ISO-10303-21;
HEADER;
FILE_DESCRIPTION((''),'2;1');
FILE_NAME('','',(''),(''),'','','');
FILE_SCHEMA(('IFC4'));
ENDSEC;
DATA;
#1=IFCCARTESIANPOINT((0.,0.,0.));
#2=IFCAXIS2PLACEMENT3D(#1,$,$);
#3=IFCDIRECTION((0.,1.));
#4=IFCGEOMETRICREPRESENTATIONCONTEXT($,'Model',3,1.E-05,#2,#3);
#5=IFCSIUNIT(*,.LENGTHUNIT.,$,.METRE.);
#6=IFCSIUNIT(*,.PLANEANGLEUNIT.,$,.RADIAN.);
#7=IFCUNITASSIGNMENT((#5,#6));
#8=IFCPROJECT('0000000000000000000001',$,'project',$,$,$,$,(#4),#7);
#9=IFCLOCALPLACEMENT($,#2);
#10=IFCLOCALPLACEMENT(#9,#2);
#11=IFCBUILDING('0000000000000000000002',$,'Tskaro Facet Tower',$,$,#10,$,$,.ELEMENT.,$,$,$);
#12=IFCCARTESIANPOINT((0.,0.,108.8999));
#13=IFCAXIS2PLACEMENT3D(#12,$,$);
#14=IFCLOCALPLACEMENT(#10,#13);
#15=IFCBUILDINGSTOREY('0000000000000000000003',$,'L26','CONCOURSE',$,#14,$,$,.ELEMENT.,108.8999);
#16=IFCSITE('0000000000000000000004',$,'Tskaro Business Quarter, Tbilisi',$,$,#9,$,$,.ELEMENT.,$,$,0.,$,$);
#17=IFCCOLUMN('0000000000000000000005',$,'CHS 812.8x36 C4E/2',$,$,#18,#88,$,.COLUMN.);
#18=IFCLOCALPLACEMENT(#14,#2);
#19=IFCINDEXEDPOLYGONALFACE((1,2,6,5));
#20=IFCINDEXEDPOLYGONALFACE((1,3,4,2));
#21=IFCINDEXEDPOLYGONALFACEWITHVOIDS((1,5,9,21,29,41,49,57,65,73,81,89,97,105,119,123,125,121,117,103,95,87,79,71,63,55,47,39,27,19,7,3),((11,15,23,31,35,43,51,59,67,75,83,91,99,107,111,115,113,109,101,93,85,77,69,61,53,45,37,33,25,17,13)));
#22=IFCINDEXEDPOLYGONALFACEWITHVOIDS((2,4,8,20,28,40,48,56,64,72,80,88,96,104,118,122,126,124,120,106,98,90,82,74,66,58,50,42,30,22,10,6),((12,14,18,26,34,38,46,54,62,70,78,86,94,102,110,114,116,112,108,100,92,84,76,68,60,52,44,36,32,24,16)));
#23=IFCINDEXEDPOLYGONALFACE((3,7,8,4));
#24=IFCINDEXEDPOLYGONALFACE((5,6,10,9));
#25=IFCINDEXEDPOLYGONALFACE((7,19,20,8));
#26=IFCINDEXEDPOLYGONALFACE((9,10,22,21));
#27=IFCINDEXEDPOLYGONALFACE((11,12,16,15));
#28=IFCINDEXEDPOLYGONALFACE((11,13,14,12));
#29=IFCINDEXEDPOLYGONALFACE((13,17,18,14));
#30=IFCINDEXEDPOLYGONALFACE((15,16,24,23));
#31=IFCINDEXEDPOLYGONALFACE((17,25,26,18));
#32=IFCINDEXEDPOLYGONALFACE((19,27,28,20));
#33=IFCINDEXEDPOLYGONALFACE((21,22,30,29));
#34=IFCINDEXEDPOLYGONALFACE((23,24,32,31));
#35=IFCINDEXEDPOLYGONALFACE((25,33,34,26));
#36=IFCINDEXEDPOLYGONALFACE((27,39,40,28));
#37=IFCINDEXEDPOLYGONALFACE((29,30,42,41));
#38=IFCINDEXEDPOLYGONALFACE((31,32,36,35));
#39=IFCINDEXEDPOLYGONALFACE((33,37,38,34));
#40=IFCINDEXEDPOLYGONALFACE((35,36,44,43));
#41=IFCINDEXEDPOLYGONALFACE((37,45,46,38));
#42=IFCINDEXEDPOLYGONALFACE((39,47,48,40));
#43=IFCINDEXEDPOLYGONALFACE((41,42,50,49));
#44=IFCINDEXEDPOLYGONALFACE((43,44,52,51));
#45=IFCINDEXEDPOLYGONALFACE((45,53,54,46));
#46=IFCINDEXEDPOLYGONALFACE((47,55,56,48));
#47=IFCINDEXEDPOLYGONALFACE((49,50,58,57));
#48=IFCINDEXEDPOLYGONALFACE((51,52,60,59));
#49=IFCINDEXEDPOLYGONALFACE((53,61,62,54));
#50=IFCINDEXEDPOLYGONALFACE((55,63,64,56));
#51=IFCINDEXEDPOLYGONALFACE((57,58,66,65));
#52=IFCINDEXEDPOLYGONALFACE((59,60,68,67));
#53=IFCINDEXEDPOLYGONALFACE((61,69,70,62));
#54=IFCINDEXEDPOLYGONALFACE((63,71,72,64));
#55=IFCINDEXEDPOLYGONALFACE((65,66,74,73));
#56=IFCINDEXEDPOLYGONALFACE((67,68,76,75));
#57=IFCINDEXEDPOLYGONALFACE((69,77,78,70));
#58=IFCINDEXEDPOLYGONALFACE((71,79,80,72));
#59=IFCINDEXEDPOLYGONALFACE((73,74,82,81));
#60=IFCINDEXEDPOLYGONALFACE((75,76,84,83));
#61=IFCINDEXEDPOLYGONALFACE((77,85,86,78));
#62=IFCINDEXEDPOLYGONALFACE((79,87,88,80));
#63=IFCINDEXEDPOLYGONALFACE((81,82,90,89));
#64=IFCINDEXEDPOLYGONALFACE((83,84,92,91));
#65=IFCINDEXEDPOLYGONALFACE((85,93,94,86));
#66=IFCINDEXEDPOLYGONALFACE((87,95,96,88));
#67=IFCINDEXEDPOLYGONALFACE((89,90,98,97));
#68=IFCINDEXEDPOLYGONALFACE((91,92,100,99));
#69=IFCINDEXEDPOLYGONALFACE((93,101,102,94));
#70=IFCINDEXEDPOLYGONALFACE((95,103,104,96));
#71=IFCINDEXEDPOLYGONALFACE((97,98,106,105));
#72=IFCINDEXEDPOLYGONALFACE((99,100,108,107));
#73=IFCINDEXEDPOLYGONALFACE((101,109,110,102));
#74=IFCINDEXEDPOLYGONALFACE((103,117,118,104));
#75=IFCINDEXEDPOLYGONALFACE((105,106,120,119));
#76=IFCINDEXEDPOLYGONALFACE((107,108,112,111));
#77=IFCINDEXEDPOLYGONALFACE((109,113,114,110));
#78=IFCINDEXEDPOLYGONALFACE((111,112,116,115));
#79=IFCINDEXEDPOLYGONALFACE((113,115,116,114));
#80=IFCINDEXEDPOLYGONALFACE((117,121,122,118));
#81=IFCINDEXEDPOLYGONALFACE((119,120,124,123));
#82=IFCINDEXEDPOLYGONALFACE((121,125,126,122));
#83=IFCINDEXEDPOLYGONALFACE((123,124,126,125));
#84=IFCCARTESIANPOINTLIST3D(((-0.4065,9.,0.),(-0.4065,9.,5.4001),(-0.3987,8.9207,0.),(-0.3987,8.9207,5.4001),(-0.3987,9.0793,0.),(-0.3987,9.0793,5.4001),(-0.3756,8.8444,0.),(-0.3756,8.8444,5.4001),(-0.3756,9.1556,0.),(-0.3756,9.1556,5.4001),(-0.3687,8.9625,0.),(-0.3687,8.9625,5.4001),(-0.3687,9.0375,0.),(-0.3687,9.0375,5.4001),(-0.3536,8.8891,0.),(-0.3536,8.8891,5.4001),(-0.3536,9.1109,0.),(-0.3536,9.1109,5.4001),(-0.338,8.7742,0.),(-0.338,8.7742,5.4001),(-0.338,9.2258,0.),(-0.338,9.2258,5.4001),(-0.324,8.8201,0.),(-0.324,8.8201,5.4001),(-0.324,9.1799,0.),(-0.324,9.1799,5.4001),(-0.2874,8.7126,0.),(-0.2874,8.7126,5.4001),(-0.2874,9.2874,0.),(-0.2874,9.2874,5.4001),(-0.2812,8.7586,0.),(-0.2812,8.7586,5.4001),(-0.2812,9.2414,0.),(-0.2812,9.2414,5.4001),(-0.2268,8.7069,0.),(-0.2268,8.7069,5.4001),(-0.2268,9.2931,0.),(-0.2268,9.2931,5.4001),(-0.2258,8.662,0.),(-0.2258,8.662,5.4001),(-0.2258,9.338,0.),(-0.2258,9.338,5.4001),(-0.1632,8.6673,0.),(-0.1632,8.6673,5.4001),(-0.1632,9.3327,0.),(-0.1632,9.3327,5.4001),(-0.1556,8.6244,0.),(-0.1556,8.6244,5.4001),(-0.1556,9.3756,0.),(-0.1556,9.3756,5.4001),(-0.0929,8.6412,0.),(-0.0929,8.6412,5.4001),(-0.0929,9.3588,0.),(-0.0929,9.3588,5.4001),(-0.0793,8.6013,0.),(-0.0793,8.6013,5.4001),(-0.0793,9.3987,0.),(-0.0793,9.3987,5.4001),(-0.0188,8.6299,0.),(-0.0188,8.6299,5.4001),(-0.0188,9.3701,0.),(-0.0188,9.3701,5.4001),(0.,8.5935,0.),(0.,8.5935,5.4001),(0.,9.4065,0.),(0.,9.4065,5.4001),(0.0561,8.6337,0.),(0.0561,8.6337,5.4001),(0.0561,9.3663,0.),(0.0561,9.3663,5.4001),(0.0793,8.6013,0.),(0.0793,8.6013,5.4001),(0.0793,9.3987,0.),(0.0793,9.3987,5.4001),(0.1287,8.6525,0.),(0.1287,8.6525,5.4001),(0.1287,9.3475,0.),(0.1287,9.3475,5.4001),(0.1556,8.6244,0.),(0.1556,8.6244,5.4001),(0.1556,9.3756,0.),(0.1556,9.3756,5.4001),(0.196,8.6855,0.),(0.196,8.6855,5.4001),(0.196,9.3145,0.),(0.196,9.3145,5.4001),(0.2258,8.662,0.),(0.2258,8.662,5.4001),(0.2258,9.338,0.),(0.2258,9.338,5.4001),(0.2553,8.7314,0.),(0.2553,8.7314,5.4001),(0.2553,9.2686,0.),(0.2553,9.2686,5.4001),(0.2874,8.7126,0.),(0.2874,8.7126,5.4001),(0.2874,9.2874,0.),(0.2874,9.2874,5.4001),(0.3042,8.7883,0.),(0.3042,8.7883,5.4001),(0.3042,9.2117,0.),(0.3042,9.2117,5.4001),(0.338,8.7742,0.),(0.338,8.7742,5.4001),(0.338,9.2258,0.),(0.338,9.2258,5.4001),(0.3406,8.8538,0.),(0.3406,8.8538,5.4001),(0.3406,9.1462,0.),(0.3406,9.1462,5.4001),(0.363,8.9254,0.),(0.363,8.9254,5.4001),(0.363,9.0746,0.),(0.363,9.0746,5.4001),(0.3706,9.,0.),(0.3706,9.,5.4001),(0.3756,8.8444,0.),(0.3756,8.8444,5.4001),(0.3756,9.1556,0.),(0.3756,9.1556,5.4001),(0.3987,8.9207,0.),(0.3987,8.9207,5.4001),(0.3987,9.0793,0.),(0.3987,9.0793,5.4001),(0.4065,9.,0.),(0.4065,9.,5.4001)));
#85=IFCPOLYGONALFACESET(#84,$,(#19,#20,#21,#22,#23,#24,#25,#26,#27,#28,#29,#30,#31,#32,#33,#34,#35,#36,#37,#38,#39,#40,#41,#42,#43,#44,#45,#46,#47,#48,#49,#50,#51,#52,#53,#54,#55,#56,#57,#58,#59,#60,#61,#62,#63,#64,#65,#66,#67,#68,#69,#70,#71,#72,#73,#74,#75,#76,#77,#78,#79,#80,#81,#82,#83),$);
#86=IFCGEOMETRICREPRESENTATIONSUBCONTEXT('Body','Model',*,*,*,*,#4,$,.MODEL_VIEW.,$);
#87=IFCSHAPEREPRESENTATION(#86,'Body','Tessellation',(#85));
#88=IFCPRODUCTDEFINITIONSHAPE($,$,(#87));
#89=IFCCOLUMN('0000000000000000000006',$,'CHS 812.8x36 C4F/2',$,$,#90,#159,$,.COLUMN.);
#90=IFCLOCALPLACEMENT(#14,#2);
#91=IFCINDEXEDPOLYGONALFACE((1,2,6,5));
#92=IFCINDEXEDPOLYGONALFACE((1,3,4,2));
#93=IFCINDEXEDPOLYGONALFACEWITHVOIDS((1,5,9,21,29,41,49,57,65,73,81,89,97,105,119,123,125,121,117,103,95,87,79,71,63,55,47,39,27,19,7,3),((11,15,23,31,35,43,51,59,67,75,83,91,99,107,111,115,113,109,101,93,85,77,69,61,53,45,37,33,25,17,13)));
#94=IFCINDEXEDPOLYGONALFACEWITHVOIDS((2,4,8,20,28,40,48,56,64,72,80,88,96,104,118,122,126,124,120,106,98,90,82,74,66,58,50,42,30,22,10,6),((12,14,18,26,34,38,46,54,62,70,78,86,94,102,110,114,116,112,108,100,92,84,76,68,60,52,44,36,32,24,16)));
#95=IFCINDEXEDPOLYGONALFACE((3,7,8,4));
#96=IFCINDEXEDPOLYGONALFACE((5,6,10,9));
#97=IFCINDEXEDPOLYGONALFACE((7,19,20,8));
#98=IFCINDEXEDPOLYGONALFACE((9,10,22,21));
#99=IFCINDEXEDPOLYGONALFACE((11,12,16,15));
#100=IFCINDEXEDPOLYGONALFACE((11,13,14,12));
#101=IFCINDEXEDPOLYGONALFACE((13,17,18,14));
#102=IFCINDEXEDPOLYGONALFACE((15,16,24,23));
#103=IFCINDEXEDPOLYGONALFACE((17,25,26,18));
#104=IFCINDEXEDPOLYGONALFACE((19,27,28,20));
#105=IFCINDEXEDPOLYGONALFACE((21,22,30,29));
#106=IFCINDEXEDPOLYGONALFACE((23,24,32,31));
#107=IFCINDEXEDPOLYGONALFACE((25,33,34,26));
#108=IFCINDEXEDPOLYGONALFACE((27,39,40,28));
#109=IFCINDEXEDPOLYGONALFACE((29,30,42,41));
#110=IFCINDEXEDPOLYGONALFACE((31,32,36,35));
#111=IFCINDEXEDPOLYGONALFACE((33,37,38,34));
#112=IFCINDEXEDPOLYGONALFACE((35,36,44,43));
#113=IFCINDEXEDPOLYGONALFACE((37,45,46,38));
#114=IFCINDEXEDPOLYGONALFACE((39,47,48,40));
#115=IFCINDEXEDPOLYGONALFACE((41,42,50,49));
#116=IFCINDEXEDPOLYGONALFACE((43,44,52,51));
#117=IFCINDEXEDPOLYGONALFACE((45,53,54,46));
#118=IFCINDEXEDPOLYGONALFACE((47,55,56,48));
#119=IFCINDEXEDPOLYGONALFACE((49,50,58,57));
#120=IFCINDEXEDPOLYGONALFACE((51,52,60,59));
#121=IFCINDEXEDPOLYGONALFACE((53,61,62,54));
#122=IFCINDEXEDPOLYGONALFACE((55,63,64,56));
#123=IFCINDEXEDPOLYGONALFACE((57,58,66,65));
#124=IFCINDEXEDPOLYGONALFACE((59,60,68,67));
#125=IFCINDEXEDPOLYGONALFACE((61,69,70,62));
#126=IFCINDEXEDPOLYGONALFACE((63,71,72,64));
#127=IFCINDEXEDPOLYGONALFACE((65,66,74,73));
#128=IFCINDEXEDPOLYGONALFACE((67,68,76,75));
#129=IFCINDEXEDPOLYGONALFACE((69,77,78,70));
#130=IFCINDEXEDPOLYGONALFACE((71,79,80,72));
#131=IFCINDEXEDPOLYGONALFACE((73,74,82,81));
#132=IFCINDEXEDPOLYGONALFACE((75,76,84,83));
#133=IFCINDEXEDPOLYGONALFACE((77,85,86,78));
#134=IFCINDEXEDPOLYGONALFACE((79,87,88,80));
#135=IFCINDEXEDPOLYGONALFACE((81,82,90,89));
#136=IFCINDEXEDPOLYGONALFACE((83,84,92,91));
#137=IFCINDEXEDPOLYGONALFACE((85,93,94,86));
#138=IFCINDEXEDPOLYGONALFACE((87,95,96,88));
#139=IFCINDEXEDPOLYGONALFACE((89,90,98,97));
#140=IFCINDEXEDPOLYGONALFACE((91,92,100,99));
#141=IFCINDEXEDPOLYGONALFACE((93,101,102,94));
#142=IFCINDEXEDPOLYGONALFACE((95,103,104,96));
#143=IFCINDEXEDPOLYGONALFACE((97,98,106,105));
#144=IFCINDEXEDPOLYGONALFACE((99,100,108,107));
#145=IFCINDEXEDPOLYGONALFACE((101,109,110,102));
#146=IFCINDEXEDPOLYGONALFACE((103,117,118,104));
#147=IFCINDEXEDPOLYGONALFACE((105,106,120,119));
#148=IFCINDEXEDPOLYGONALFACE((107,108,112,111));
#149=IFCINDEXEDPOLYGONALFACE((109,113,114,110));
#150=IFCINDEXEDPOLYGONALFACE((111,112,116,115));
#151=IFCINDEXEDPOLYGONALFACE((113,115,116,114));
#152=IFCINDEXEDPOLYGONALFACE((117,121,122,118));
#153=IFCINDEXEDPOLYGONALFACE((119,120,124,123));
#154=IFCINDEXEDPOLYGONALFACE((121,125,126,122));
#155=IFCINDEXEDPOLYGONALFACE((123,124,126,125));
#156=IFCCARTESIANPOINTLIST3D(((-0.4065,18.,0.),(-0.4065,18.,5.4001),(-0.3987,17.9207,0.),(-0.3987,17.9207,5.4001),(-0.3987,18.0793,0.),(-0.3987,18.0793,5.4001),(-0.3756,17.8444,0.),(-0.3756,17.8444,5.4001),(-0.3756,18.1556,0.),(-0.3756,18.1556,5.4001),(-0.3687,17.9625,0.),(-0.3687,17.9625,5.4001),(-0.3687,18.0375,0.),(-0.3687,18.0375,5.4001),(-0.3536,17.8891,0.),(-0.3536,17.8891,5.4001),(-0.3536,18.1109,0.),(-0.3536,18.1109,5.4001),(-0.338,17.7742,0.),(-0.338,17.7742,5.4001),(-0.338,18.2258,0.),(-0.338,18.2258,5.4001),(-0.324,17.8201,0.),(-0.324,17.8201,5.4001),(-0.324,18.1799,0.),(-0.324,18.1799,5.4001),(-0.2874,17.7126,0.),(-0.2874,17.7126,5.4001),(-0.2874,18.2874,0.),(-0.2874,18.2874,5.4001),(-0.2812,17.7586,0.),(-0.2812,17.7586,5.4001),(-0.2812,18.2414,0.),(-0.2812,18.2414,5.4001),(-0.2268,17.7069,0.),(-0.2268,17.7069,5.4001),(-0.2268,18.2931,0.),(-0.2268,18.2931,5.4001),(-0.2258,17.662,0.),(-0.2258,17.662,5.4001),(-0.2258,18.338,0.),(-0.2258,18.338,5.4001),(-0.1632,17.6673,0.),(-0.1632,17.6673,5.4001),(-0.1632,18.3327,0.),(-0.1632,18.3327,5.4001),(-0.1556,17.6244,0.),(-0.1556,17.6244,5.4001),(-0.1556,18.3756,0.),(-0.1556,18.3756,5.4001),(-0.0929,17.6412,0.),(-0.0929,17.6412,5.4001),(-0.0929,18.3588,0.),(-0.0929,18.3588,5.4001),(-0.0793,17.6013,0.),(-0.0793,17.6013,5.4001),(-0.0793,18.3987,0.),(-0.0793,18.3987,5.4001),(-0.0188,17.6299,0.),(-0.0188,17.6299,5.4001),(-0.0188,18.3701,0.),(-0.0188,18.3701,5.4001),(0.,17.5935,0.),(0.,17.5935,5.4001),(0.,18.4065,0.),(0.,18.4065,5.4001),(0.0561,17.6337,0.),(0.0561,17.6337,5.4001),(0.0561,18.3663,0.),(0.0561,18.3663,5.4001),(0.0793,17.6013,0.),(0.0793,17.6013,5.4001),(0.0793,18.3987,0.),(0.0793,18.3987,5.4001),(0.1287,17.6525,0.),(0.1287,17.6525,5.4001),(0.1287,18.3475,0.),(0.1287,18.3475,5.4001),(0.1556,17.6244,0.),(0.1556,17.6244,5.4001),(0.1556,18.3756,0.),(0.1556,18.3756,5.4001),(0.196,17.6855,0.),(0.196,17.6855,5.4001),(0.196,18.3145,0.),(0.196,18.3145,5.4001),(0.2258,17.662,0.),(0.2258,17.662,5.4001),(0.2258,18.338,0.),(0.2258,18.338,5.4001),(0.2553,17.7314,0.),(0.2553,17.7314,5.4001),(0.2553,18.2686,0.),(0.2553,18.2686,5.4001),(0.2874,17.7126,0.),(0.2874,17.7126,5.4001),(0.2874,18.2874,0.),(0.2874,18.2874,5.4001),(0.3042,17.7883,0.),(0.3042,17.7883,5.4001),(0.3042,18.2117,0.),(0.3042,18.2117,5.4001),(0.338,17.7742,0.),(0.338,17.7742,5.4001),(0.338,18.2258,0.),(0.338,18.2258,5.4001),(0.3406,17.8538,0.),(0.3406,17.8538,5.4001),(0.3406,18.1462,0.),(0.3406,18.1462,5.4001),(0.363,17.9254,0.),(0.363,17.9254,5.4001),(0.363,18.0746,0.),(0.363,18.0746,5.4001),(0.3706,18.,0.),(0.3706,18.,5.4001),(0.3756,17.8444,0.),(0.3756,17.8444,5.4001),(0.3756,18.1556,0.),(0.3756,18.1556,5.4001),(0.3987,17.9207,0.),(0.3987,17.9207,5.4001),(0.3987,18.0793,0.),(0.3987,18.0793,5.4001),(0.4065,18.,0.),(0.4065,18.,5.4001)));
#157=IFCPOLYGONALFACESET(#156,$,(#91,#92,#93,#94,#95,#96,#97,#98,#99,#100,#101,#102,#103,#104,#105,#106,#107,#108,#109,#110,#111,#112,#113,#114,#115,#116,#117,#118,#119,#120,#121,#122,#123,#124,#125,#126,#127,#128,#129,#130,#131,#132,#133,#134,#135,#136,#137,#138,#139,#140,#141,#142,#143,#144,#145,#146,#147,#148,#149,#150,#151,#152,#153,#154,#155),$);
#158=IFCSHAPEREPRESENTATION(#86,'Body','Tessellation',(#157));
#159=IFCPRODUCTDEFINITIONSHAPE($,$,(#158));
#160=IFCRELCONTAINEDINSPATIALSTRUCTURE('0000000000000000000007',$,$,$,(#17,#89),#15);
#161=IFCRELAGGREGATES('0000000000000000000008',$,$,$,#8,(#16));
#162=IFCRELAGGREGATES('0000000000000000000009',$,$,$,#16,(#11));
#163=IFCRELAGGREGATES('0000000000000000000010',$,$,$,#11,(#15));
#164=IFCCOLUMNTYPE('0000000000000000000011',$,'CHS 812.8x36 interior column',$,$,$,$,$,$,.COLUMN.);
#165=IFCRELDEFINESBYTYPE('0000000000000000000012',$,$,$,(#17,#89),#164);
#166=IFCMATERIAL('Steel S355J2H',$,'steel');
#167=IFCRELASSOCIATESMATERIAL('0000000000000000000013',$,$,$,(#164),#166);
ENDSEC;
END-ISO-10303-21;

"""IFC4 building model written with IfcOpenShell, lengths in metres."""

from ifc_helpers import new_model, si_unit, direction, frame, origin, origin_2d, place, context, subcontext, project, spatial, hollow_circle, extrude, material, material_profile, profile_set, type_object, element, save


model = new_model("IFC4")

# Units and contexts
model_context = context("Model", 3, precision=1e-05, world=origin(), true_north=direction((0.0, 1.0)))
body_context = subcontext(model_context, "Body", "Model", "MODEL_VIEW")
ifc_project = project(units=[si_unit("LENGTHUNIT", "METRE"), si_unit("PLANEANGLEUNIT", "RADIAN")], contexts=[model_context])

# Site, building, storey
site_placement = place(None, origin())
site = spatial("IfcSite", under=ifc_project, at=site_placement, Name="Tskaro Business Quarter, Tbilisi", CompositionType="ELEMENT", RefElevation=0.0)
building_placement = place(site_placement, origin())
building = spatial("IfcBuilding", under=site, at=building_placement, Name="Tskaro Facet Tower", CompositionType="ELEMENT")
storey_placement = place(building_placement, frame((0.0, 0.0, 108.8999)))
storey = spatial("IfcBuildingStorey", under=building, at=storey_placement, Name="L26", Description="CONCOURSE", CompositionType="ELEMENT", Elevation=108.8999)

# Columns
ifc_material_1 = material(Name="Steel S355J2H", Category="steel")
ifc_material_profile_1 = material_profile(ifc_material_1, hollow_circle(Radius=0.4065, WallThickness=0.0359, at=origin_2d()), Name="CHS 812.8x36")
ifc_profile_set_1 = profile_set([ifc_material_profile_1], Name="Steel S355J2H")
column_type_1 = type_object("IfcColumnType", Name="CHS 812.8x36 interior column", PredefinedType="COLUMN", material=ifc_profile_set_1)
for number, where, z_axis, x_axis, name in (
    (1, (0.0, 9.0, 0.0), (0.0, 0.0, 1.0), (1.0, 0.0, 0.0), "CHS 812.8x36 C4E/2"),
    (2, (0.0, 18.0, 0.0), (0.0, 0.0, 1.0), (1.0, 0.0, 0.0), "CHS 812.8x36 C4F/2"),
):
    element("IfcColumn", number, at=place(storey_placement, frame(where, z_axis=z_axis, x_axis=x_axis)), inside=storey, type_object=column_type_1, Name=name, PredefinedType="COLUMN", context=body_context, shape_type="SweptSolid", body=[
        extrude(hollow_circle(Radius=0.4065, WallThickness=0.0359, at=origin_2d()), origin(), (0.0, 0.0, 1.0), 5.4001),
    ])

save(model, "model.ifc")
